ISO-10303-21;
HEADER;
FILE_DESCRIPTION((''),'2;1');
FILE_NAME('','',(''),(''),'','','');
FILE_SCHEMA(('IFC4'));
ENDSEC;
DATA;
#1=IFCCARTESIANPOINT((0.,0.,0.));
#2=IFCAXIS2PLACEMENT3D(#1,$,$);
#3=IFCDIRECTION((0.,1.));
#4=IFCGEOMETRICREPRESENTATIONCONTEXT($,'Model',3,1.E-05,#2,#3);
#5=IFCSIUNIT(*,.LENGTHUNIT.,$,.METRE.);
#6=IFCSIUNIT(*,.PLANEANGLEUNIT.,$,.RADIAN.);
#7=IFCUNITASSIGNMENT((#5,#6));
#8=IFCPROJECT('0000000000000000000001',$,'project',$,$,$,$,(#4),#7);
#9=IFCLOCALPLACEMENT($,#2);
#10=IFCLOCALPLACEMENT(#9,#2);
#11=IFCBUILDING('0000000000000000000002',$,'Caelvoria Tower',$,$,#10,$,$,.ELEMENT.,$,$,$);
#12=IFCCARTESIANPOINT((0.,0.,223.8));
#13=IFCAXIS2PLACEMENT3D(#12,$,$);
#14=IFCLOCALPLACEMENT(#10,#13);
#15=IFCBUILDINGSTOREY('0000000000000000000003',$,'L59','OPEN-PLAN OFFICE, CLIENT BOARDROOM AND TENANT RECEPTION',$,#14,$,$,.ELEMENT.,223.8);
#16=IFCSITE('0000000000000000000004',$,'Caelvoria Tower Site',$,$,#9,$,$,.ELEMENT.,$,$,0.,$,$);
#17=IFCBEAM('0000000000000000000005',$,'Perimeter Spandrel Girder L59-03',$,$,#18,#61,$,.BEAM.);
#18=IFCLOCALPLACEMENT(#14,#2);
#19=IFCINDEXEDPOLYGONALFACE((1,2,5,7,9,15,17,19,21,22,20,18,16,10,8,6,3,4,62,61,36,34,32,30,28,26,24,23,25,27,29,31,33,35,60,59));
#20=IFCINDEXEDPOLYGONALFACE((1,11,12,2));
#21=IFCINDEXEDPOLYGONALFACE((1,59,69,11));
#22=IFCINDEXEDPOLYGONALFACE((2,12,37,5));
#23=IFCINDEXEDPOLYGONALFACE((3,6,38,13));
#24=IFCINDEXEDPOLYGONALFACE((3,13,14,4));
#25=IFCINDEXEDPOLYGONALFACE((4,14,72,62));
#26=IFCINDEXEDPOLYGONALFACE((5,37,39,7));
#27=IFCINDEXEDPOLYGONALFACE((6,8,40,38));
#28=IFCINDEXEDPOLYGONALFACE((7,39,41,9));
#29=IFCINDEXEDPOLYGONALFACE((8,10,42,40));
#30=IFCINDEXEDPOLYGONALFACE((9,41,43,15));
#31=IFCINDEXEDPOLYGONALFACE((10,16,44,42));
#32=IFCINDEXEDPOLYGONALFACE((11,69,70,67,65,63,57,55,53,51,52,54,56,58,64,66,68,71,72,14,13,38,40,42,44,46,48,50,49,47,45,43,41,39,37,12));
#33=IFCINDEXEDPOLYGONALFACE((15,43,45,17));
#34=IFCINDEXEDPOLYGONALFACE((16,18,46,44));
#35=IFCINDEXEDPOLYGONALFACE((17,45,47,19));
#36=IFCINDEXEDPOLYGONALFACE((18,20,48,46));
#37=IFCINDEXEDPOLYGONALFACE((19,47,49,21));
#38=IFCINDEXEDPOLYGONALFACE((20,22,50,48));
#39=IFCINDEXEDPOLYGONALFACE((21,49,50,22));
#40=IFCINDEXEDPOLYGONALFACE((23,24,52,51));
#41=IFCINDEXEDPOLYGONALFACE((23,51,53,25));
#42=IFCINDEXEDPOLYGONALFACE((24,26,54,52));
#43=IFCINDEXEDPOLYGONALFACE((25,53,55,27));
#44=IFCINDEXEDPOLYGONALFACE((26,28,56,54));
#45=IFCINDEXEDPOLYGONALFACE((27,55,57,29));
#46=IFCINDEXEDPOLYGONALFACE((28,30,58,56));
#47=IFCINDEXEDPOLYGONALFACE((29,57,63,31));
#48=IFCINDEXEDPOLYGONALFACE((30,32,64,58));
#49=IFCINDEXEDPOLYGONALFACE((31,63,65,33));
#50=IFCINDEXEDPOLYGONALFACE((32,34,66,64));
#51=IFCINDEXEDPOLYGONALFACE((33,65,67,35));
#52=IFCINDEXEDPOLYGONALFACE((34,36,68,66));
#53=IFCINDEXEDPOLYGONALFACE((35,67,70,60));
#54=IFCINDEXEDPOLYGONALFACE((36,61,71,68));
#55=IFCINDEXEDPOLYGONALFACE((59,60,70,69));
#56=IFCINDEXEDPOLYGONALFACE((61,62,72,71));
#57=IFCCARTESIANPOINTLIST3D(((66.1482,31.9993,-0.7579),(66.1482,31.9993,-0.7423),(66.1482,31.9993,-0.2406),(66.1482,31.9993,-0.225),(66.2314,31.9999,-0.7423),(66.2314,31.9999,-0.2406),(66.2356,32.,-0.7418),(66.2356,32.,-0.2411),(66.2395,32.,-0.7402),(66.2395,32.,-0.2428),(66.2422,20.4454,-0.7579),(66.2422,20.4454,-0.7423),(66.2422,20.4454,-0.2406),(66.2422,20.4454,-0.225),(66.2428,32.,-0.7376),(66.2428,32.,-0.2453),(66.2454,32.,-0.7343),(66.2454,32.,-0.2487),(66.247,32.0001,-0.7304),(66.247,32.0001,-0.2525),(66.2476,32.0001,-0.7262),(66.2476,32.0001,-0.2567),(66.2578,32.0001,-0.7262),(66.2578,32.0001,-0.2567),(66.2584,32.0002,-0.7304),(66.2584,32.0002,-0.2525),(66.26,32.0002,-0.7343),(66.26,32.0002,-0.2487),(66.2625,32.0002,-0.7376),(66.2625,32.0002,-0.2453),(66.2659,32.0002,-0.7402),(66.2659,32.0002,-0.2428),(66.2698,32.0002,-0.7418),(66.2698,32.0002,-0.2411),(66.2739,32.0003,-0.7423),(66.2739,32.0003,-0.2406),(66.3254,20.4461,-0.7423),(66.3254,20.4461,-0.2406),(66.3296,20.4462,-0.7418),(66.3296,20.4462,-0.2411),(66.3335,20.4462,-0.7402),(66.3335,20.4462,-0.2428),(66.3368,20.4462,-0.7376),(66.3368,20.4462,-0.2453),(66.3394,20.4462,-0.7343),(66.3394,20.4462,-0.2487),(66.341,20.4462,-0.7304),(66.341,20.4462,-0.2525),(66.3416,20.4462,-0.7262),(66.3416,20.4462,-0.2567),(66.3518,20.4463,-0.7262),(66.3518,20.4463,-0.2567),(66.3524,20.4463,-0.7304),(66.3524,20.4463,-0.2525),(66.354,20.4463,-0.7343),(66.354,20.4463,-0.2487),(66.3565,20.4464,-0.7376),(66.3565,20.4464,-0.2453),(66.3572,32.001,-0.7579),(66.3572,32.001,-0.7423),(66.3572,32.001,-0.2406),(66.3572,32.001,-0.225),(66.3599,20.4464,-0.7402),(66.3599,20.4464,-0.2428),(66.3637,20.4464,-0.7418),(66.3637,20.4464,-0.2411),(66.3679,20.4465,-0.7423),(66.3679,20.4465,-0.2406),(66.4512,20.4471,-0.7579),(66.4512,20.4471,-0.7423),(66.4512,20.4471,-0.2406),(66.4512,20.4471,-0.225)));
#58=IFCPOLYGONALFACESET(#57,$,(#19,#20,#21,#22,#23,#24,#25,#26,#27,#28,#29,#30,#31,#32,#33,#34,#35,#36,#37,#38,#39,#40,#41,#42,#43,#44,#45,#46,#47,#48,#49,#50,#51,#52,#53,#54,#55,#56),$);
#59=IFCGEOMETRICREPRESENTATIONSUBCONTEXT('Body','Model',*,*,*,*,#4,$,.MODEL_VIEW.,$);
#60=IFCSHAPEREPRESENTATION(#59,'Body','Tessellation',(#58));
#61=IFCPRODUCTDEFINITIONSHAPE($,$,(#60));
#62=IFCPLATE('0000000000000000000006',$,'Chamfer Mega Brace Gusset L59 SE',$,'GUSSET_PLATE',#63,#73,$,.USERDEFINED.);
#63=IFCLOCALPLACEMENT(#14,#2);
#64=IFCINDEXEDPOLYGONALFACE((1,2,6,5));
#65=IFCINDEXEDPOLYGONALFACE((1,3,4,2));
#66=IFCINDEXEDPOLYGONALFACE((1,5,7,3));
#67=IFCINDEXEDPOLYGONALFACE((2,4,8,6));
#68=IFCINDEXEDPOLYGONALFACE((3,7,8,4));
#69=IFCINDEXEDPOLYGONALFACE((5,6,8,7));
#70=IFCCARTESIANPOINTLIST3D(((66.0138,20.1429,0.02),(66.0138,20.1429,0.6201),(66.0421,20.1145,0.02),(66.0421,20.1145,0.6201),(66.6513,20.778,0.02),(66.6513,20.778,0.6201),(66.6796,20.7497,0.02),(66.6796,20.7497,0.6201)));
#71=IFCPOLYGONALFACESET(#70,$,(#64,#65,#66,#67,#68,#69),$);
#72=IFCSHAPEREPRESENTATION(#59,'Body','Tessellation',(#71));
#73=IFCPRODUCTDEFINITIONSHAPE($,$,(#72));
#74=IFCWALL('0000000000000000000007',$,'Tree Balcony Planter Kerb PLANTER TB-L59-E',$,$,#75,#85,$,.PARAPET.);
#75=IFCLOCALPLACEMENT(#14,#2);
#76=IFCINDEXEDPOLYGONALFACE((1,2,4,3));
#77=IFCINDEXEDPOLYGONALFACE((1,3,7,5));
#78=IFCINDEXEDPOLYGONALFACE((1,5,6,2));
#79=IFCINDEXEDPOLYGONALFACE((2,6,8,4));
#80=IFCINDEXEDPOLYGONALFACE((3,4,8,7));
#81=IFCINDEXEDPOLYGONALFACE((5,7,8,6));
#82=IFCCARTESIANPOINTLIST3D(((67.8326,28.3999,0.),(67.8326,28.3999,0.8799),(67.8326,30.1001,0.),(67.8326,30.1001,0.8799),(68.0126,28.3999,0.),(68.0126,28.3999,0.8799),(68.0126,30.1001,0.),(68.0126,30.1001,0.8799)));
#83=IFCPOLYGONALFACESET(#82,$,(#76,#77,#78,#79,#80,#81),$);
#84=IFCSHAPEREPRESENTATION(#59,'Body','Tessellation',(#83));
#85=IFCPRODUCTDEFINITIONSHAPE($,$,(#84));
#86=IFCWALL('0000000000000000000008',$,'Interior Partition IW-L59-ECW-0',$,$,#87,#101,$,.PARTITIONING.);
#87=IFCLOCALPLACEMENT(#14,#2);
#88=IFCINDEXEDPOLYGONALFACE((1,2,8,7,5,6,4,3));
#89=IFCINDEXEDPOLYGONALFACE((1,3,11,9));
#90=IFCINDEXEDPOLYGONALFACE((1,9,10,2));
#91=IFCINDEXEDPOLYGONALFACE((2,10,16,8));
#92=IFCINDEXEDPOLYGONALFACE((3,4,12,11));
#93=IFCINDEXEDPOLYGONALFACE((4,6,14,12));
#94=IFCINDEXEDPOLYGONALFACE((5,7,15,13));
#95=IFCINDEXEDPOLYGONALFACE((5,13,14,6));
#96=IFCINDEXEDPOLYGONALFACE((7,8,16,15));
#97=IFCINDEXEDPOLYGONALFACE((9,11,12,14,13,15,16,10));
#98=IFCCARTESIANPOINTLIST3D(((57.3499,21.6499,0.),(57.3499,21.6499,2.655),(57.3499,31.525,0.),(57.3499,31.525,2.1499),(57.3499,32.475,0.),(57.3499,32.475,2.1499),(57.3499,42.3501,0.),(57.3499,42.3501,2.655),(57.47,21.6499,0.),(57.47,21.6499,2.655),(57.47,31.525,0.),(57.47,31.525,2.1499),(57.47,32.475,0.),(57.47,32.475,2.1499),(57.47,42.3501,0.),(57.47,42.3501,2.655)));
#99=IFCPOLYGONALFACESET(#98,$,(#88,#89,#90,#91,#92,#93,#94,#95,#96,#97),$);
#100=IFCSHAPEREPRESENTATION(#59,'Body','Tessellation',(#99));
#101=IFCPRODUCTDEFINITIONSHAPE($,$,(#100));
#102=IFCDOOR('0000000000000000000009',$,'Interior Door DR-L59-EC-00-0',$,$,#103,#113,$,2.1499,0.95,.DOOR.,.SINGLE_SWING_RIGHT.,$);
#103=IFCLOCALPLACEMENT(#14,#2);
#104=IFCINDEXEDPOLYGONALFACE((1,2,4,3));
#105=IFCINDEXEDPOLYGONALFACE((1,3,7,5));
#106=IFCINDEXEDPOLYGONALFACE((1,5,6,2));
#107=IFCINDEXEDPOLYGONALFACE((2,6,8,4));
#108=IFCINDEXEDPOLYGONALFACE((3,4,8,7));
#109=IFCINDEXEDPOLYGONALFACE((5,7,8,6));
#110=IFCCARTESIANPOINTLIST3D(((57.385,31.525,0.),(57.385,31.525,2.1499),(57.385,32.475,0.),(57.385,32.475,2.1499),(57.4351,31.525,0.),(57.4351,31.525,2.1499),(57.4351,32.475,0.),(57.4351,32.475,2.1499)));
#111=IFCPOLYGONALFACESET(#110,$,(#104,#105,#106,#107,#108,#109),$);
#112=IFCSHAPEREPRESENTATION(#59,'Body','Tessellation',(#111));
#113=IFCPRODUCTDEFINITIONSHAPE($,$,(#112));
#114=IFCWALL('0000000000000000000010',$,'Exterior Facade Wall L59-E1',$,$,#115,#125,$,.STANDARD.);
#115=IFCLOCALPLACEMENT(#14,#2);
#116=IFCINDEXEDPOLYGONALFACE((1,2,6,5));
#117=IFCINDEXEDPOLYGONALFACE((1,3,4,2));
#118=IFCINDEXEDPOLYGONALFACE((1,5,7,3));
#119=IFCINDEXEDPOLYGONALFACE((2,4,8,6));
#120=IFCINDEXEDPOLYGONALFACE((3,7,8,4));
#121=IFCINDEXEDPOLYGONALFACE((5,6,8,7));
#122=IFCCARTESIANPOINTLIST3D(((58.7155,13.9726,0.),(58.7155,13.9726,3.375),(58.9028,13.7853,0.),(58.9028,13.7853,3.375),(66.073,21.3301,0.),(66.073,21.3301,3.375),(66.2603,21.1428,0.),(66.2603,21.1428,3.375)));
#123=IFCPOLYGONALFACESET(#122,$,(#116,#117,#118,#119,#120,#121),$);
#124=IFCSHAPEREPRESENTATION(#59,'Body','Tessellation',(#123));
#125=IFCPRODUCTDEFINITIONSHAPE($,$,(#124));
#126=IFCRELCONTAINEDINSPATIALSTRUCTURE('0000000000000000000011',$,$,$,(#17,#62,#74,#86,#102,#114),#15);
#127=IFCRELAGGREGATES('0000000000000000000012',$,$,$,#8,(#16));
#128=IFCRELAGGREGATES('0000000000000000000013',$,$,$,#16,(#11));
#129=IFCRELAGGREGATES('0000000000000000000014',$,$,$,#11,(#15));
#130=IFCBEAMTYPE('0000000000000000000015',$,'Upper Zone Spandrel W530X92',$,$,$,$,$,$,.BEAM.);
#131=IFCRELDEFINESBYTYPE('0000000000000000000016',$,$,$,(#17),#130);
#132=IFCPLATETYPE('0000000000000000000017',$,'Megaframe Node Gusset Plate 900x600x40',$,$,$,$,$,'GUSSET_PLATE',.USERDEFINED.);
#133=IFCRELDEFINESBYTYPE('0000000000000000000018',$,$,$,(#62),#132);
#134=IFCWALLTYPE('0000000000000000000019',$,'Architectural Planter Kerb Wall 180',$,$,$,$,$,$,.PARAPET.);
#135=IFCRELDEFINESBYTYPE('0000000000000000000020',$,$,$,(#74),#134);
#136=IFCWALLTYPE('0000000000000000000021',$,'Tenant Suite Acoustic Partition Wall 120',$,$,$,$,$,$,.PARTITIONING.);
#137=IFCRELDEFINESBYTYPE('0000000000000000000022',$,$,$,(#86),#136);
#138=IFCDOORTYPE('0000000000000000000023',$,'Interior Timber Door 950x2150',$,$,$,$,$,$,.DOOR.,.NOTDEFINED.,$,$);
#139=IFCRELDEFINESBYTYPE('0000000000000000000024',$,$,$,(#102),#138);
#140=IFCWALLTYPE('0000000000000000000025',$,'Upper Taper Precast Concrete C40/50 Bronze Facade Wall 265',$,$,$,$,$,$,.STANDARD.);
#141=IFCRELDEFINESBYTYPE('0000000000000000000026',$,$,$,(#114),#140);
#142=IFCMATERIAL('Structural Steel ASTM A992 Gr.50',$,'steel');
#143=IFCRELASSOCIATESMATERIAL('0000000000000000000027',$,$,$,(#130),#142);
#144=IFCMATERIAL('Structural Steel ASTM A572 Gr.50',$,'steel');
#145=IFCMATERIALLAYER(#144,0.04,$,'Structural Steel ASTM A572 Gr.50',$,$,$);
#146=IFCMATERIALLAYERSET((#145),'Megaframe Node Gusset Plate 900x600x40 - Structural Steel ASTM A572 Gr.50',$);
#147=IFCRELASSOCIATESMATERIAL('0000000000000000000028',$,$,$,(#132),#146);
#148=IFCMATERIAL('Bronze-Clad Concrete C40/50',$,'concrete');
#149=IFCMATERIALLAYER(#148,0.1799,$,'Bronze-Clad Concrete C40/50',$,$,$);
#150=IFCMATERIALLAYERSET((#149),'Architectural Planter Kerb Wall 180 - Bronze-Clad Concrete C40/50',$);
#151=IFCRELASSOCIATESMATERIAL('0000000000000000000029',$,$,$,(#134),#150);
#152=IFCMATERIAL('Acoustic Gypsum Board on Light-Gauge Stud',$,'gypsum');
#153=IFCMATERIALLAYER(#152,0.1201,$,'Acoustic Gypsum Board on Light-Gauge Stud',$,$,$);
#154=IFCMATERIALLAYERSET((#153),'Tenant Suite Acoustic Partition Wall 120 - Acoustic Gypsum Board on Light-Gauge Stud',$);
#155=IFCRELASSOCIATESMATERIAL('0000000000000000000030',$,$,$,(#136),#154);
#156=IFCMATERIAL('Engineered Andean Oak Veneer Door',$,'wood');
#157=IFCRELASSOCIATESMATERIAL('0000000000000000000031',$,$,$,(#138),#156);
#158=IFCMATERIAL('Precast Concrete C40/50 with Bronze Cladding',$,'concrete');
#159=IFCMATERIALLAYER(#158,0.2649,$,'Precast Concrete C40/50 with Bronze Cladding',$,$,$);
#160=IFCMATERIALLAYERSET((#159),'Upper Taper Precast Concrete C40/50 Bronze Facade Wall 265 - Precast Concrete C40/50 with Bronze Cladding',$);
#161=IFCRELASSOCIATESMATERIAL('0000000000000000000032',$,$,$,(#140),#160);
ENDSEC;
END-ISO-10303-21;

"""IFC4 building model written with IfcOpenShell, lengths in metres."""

from ifc_helpers import new_model, si_unit, direction, frame, frame_2d, origin, origin_2d, place, context, subcontext, project, spatial, rectangle, i_section, extrude, material, layer, layer_set, material_profile, profile_set, type_object, element, fill, save


model = new_model("IFC4")

# Units and contexts
model_context = context("Model", 3, precision=1e-05, world=origin(), true_north=direction((0.0, 1.0)))
body_context = subcontext(model_context, "Body", "Model", "MODEL_VIEW")
ifc_project = project(units=[si_unit("LENGTHUNIT", "METRE"), si_unit("PLANEANGLEUNIT", "RADIAN")], contexts=[model_context])

# Site, building, storey
site_placement = place(None, origin())
site = spatial("IfcSite", under=ifc_project, at=site_placement, Name="Caelvoria Tower Site", CompositionType="ELEMENT", RefElevation=0.0)
building_placement = place(site_placement, origin())
building = spatial("IfcBuilding", under=site, at=building_placement, Name="Caelvoria Tower", CompositionType="ELEMENT")
storey_placement = place(building_placement, frame((0.0, 0.0, 223.8)))
storey = spatial("IfcBuildingStorey", under=building, at=storey_placement, Name="L59", Description="OPEN-PLAN OFFICE, CLIENT BOARDROOM AND TENANT RECEPTION", CompositionType="ELEMENT", Elevation=223.8)

# Shared definitions
ifc_material_1 = material(Name="Structural Steel ASTM A572 Gr.50", Category="steel")
ifc_material_2 = material(Name="Structural Steel ASTM A992 Gr.50", Category="steel")

# Beam
ifc_material_profile_1 = material_profile(ifc_material_2, i_section(OverallWidth=0.209, OverallDepth=0.533, WebThickness=0.0103, FlangeThickness=0.0156, FilletRadius=0.0161, at=origin_2d()), Name="Structural Steel ASTM A992 Gr.50")
ifc_profile_set_1 = profile_set([ifc_material_profile_1], Name="W530X92 - Structural Steel ASTM A992 Gr.50")
beam_type_1 = type_object("IfcBeamType", Name="Upper Zone Spandrel W530X92", PredefinedType="BEAM", material=ifc_profile_set_1)
beam_1_placement = place(storey_placement, frame((66.3467, 20.4463, -0.4915), z_axis=(-0.008135, 0.999967, 0.0), x_axis=(-0.999967, -0.008135, 0.0)))
element("IfcBeam", 1, at=beam_1_placement, inside=storey, type_object=beam_type_1, Name="Perimeter Spandrel Girder L59-03", PredefinedType="BEAM", context=body_context, shape_type="SweptSolid", body=[
    extrude(i_section(OverallWidth=0.209, OverallDepth=0.533, WebThickness=0.0103, FlangeThickness=0.0156, FilletRadius=0.0161, at=origin_2d()), origin(), (0.0, 0.0, 1.0), 11.5542),
])

# Plate
ifc_layer_1 = layer(ifc_material_1, 0.04, Name="Structural Steel ASTM A572 Gr.50")
ifc_layer_set_1 = layer_set([ifc_layer_1], Name="Megaframe Node Gusset Plate 900x600x40 - Structural Steel ASTM A572 Gr.50")
plate_type = type_object("IfcPlateType", Name="Megaframe Node Gusset Plate 900x600x40", ElementType="GUSSET_PLATE", PredefinedType="USERDEFINED", material=ifc_layer_set_1)
plate_placement = place(storey_placement, frame((66.3467, 20.4463, 0.02), z_axis=(0.0, 0.0, 1.0), x_axis=(-0.708415, -0.705796, 0.0)))
element("IfcPlate", 2, at=plate_placement, inside=storey, type_object=plate_type, Name="Chamfer Mega Brace Gusset L59 SE", ObjectType="GUSSET_PLATE", PredefinedType="USERDEFINED", context=body_context, shape_type="SweptSolid", body=[
    extrude(rectangle(XDim=0.8999, YDim=0.04, at=origin_2d()), origin(), (0.0, 0.0, 1.0), 0.6001),
])

# Wall
ifc_material_3 = material(Name="Bronze-Clad Concrete C40/50", Category="concrete")
ifc_layer_2 = layer(ifc_material_3, 0.1799, Name="Bronze-Clad Concrete C40/50")
ifc_layer_set_2 = layer_set([ifc_layer_2], Name="Architectural Planter Kerb Wall 180 - Bronze-Clad Concrete C40/50")
wall_type_1 = type_object("IfcWallType", Name="Architectural Planter Kerb Wall 180", PredefinedType="PARAPET", material=ifc_layer_set_2)
wall_1_placement = place(storey_placement, frame((67.9226, 28.3999, 0.0), z_axis=(0.0, 0.0, 1.0), x_axis=(0.0, 1.0, 0.0)))
element("IfcWall", 3, at=wall_1_placement, inside=storey, type_object=wall_type_1, Name="Tree Balcony Planter Kerb PLANTER TB-L59-E", PredefinedType="PARAPET", context=body_context, shape_type="SweptSolid", body=[
    extrude(rectangle(XDim=1.7002, YDim=0.1799, at=frame_2d((0.8501, 0.0))), origin(), (0.0, 0.0, 1.0), 0.8799),
])

# Wall, opening, door
ifc_material_4 = material(Name="Acoustic Gypsum Board on Light-Gauge Stud", Category="gypsum")
ifc_layer_3 = layer(ifc_material_4, 0.1201, Name="Acoustic Gypsum Board on Light-Gauge Stud")
ifc_layer_set_3 = layer_set([ifc_layer_3], Name="Tenant Suite Acoustic Partition Wall 120 - Acoustic Gypsum Board on Light-Gauge Stud")
wall_type_2 = type_object("IfcWallType", Name="Tenant Suite Acoustic Partition Wall 120", PredefinedType="PARTITIONING", material=ifc_layer_set_3)
wall_2_placement = place(storey_placement, frame((57.4099, 21.6499, 0.0), z_axis=(0.0, 0.0, 1.0), x_axis=(0.0, 1.0, 0.0)))
wall_2 = element("IfcWall", 4, at=wall_2_placement, inside=storey, type_object=wall_type_2, Name="Interior Partition IW-L59-ECW-0", PredefinedType="PARTITIONING", context=body_context, shape_type="SweptSolid", body=[
    extrude(rectangle(XDim=20.7002, YDim=0.1201, at=frame_2d((10.3501, 0.0))), origin(), (0.0, 0.0, 1.0), 2.655),
])
opening_1_placement = place(wall_2_placement, frame((9.875, 0.0, 0.0)))
opening_1 = element("IfcOpeningElement", 5, at=opening_1_placement, cuts=wall_2, PredefinedType="OPENING", context=body_context, shape_type="SweptSolid", body=[
    extrude(rectangle(XDim=0.95, YDim=2.1499, at=frame_2d((0.4751, 1.075))), frame((0.0, 0.0701, 0.0), z_axis=(0.0, -1.0, 0.0), x_axis=(1.0, 0.0, 0.0)), (0.0, 0.0, 1.0), 0.1401),
])
ifc_material_5 = material(Name="Engineered Andean Oak Veneer Door", Category="wood")
door_type_1 = type_object("IfcDoorType", Name="Interior Timber Door 950x2150", OperationType="NOTDEFINED", PredefinedType="DOOR", material=ifc_material_5)
door_1_placement = place(opening_1_placement, origin())
door_1 = element("IfcDoor", 6, at=door_1_placement, inside=storey, type_object=door_type_1, Name="Interior Door DR-L59-EC-00-0", OperationType="SINGLE_SWING_RIGHT", OverallHeight=2.1499, OverallWidth=0.95, PredefinedType="DOOR", context=body_context, shape_type="SweptSolid", body=[
    extrude(rectangle(XDim=0.95, YDim=2.1499, at=frame_2d((0.4751, 1.075))), frame((0.0, 0.0249, 0.0), z_axis=(0.0, -1.0, 0.0), x_axis=(1.0, 0.0, 0.0)), (0.0, 0.0, 1.0), 0.05),
])
fill(opening_1, door_1)

# Wall
ifc_material_6 = material(Name="Precast Concrete C40/50 with Bronze Cladding", Category="concrete")
ifc_layer_4 = layer(ifc_material_6, 0.2649, Name="Precast Concrete C40/50 with Bronze Cladding")
ifc_layer_set_4 = layer_set([ifc_layer_4], Name="Upper Taper Precast Concrete C40/50 Bronze Facade Wall 265 - Precast Concrete C40/50 with Bronze Cladding")
wall_type_3 = type_object("IfcWallType", Name="Upper Taper Precast Concrete C40/50 Bronze Facade Wall 265", PredefinedType="STANDARD", material=ifc_layer_set_4)
wall_3_placement = place(storey_placement, frame((58.8091, 13.8789, 0.0), z_axis=(0.0, 0.0, 1.0), x_axis=(0.707107, 0.707107, 0.0)))
element("IfcWall", 7, at=wall_3_placement, inside=storey, type_object=wall_type_3, Name="Exterior Facade Wall L59-E1", PredefinedType="STANDARD", context=body_context, shape_type="SweptSolid", body=[
    extrude(rectangle(XDim=10.405, YDim=0.2649, at=frame_2d((5.2026, 0.0))), origin(), (0.0, 0.0, 1.0), 3.375),
])

save(model, "model.ifc")
